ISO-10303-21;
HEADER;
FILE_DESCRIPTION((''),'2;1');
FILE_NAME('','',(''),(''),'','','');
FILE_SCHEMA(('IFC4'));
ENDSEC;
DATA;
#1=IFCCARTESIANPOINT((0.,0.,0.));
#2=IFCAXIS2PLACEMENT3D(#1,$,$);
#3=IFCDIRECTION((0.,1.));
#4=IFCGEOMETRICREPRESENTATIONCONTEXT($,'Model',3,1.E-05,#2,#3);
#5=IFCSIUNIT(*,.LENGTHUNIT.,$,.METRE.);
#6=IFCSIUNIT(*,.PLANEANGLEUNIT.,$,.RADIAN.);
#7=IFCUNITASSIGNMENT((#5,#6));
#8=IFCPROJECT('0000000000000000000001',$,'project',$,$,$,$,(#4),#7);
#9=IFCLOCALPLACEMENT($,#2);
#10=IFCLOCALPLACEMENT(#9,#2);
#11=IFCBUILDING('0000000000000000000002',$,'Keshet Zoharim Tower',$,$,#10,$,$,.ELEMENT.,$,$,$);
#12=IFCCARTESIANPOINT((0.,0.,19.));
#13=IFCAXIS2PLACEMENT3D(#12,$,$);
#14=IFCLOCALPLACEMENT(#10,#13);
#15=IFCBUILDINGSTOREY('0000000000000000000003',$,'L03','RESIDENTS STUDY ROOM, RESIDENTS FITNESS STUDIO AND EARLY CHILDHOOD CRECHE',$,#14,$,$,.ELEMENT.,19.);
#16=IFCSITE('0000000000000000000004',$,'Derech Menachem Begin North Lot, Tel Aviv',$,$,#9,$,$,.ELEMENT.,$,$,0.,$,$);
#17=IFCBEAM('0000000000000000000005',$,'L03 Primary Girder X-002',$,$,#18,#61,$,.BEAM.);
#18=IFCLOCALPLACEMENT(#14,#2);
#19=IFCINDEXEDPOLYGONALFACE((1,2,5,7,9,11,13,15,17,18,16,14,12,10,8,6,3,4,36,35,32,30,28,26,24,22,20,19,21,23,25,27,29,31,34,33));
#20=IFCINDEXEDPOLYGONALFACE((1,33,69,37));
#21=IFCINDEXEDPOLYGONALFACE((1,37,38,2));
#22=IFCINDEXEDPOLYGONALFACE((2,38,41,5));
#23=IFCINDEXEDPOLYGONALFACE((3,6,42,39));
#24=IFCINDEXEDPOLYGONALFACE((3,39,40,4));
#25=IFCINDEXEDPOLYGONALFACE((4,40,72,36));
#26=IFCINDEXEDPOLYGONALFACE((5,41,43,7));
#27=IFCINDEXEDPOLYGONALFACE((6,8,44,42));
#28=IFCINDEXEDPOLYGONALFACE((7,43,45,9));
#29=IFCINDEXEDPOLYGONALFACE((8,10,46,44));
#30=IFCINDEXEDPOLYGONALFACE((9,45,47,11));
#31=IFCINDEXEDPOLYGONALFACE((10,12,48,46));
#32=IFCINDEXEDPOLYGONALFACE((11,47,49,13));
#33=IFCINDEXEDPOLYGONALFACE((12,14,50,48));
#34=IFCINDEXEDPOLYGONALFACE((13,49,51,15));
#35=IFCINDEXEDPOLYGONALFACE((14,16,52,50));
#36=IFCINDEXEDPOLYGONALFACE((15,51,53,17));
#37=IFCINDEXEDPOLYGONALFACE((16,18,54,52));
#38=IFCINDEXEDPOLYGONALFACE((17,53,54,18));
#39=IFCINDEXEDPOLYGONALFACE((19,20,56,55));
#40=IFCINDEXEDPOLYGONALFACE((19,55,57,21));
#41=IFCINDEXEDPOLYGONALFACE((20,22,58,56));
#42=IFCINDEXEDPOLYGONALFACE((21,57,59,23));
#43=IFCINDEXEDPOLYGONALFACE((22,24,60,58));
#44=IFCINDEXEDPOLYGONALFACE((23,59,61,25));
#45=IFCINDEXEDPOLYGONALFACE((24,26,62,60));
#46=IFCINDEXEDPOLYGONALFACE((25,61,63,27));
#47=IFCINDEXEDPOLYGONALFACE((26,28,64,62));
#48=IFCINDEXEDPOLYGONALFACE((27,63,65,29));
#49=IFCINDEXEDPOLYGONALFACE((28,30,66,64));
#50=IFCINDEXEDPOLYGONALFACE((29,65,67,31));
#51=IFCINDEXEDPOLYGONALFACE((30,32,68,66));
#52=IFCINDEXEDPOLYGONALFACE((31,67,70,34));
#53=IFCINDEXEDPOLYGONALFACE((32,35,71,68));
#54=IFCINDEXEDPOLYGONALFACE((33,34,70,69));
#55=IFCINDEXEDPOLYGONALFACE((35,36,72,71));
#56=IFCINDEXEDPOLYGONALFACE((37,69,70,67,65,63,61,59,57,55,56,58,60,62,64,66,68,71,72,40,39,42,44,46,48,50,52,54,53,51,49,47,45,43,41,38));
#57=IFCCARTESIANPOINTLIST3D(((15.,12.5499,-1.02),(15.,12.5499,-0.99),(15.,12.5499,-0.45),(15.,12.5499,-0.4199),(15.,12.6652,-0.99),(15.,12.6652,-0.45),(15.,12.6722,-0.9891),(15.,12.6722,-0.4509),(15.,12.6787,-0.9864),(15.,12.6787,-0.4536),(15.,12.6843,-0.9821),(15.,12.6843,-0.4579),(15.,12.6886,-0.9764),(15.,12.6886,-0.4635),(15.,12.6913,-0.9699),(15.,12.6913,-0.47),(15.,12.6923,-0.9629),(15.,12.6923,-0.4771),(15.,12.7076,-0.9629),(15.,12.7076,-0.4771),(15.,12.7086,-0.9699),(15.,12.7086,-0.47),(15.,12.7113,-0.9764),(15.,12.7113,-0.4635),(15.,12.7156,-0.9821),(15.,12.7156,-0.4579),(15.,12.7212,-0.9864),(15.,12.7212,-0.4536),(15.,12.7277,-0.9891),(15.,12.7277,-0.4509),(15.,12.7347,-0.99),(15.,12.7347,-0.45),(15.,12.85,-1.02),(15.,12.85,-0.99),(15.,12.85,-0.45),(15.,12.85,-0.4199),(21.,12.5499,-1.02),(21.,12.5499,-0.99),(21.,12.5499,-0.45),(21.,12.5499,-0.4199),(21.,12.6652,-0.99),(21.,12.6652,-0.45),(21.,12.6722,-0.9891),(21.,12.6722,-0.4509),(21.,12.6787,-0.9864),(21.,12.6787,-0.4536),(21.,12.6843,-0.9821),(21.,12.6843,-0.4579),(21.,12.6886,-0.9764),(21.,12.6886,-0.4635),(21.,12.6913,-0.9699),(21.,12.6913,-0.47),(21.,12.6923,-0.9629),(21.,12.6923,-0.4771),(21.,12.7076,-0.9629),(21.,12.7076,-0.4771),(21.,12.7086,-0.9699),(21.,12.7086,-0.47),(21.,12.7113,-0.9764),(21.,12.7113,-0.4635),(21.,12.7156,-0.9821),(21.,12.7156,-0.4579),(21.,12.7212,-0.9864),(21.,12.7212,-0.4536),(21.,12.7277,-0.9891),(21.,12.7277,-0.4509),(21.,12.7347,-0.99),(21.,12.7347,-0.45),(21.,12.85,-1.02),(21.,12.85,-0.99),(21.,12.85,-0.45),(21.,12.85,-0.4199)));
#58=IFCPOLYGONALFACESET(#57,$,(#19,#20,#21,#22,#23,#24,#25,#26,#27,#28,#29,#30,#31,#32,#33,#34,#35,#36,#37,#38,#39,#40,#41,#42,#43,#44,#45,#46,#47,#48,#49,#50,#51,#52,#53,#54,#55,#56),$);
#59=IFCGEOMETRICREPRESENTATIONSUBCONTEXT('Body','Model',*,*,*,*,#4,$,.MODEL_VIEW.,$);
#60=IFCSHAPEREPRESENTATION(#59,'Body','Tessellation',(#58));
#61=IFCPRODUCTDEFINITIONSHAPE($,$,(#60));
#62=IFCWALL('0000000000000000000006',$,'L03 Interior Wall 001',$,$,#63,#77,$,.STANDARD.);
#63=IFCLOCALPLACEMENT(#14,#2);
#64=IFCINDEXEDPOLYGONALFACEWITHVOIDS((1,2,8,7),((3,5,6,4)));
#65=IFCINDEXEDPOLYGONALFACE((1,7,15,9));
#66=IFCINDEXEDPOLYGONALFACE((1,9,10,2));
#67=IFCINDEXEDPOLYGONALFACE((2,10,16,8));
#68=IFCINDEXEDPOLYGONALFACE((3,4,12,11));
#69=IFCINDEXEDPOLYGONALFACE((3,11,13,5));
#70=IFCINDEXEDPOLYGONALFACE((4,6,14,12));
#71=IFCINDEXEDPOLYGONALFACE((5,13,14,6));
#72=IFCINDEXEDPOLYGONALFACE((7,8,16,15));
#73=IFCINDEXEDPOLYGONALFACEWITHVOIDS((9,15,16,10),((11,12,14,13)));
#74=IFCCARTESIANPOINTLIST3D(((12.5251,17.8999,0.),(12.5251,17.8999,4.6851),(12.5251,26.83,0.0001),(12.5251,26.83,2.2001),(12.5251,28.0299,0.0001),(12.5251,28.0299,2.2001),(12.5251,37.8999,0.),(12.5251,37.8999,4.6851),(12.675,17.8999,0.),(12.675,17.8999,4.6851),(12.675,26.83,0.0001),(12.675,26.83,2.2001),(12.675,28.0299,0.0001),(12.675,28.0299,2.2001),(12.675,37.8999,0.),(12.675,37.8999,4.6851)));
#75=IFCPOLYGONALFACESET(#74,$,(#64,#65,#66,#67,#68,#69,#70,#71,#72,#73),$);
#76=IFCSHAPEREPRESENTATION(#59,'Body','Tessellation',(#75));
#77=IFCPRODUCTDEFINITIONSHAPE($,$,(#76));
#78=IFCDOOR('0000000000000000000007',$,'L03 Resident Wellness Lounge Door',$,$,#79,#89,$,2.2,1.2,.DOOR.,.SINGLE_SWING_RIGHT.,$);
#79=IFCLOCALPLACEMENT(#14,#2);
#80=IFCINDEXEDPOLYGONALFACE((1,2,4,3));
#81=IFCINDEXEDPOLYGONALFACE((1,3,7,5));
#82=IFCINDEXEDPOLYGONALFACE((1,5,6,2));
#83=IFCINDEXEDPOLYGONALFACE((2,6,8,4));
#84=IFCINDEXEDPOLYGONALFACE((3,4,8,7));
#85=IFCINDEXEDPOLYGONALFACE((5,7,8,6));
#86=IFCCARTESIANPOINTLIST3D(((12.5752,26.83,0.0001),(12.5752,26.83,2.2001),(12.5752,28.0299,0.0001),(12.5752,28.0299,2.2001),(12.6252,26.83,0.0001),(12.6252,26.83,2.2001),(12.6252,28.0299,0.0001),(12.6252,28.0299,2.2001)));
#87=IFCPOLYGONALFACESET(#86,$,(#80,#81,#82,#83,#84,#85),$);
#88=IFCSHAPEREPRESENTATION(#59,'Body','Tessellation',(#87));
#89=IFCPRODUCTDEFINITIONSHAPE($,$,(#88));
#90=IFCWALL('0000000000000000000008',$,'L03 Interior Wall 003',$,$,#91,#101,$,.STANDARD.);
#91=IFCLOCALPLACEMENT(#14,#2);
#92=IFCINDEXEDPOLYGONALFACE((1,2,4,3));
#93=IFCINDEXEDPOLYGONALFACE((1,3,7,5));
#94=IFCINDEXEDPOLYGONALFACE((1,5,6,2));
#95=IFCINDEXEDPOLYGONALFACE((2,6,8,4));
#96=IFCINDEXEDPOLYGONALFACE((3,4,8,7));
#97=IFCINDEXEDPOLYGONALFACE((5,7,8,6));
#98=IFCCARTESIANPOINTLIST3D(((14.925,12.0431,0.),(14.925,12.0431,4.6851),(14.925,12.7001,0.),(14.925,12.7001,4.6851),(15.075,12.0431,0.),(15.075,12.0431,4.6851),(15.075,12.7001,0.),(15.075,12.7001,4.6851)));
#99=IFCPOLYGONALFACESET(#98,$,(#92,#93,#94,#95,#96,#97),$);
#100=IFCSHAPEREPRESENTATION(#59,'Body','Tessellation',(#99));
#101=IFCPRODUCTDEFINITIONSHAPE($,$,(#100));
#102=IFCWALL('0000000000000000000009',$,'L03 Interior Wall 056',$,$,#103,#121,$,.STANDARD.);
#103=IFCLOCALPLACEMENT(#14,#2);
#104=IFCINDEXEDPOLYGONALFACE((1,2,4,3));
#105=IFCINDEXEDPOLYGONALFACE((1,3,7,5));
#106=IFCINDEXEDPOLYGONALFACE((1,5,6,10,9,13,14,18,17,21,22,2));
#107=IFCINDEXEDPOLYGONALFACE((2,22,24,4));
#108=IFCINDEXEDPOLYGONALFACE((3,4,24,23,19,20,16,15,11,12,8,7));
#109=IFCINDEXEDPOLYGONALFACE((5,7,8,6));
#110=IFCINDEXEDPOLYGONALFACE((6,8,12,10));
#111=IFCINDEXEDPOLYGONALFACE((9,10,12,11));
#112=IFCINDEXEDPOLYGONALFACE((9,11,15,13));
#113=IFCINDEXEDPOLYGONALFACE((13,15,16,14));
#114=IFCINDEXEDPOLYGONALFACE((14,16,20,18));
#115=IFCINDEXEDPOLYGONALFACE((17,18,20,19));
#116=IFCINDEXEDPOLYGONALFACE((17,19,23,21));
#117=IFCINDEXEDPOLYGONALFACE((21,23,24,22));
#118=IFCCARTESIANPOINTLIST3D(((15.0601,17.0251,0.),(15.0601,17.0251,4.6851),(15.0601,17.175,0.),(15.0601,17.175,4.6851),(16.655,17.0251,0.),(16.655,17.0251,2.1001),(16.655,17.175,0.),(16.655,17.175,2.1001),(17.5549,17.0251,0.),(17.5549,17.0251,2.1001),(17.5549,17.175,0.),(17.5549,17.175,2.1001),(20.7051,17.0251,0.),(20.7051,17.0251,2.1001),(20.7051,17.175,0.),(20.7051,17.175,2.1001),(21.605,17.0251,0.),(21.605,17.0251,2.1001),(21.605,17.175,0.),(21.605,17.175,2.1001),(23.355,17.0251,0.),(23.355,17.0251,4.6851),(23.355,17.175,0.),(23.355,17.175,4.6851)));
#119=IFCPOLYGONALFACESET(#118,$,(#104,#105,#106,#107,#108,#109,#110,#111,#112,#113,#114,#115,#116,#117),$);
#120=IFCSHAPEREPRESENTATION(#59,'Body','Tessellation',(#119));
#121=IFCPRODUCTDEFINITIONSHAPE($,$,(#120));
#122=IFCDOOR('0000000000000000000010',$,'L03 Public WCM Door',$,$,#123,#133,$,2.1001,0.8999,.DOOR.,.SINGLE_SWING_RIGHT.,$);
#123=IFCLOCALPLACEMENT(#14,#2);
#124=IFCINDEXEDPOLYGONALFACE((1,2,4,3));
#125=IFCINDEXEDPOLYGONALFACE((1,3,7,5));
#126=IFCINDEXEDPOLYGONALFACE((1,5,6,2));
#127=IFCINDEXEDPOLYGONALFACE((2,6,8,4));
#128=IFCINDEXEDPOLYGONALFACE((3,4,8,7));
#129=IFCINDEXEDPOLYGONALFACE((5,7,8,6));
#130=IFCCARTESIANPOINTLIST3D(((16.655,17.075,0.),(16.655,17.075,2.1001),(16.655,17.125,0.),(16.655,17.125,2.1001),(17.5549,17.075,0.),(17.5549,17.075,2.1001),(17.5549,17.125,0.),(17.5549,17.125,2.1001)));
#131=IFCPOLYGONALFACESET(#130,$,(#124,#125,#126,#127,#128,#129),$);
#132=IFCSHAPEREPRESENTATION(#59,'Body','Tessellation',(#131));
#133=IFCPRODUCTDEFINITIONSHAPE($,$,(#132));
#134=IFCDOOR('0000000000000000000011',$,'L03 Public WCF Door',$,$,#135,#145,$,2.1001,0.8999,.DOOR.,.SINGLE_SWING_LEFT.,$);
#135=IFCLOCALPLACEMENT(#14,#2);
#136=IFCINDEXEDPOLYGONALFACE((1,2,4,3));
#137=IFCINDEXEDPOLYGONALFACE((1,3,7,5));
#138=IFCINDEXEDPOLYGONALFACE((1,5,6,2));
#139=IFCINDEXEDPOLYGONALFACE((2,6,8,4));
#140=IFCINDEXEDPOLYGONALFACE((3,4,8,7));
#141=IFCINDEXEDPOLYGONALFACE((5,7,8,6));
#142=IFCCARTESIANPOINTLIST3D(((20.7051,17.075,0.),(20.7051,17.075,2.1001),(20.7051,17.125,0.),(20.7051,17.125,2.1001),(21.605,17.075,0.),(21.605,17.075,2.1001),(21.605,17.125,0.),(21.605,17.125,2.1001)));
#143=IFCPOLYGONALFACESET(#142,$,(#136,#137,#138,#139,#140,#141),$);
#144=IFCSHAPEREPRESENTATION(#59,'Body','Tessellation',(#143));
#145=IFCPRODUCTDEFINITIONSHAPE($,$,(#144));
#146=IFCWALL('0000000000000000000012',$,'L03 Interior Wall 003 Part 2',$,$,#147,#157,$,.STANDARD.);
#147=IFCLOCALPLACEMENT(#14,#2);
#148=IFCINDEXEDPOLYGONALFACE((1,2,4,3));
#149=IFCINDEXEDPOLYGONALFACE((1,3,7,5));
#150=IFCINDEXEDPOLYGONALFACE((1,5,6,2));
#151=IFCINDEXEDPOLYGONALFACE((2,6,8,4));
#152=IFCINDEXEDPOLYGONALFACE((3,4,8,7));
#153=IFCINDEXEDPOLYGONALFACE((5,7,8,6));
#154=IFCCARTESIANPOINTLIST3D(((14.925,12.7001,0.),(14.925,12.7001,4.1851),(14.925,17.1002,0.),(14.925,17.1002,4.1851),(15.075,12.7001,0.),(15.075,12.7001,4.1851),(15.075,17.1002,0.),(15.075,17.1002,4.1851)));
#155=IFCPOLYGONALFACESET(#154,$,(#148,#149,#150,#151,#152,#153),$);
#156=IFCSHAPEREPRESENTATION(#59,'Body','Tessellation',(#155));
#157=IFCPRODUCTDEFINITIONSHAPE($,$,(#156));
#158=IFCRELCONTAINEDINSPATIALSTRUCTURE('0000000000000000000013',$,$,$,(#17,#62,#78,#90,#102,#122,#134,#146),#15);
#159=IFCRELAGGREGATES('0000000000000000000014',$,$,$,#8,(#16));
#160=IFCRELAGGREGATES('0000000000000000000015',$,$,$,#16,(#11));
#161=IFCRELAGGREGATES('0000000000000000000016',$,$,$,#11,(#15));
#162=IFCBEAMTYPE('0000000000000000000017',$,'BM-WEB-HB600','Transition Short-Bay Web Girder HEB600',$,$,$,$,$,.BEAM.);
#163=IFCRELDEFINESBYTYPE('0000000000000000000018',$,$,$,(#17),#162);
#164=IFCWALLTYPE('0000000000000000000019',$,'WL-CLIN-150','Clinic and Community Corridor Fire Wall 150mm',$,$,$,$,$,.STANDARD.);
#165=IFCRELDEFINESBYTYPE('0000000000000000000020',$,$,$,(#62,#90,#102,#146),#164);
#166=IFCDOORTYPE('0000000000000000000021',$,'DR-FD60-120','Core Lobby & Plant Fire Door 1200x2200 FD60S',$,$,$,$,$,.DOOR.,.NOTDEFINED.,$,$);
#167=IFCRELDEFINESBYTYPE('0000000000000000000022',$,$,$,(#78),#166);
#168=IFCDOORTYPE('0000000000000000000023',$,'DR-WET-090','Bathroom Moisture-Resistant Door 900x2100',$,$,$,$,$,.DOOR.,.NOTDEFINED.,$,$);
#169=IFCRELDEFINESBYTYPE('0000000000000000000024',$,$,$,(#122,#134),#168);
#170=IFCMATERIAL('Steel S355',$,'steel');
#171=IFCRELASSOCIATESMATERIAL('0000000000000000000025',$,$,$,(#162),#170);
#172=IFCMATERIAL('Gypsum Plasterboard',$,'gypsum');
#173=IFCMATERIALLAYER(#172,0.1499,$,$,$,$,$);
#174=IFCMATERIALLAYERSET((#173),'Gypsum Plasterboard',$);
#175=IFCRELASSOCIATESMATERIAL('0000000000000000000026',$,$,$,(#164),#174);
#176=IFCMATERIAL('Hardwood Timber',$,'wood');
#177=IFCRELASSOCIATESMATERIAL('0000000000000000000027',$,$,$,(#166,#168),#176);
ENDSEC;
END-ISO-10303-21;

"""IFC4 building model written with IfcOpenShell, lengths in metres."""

from ifc_helpers import new_model, si_unit, direction, frame, frame_2d, origin, origin_2d, place, context, subcontext, project, spatial, rectangle, i_section, extrude, material, layer, layer_set, material_profile, profile_set, type_object, element, fill, save


model = new_model("IFC4")

# Units and contexts
model_context = context("Model", 3, precision=1e-05, world=origin(), true_north=direction((0.0, 1.0)))
body_context = subcontext(model_context, "Body", "Model", "MODEL_VIEW")
ifc_project = project(units=[si_unit("LENGTHUNIT", "METRE"), si_unit("PLANEANGLEUNIT", "RADIAN")], contexts=[model_context])

# Site, building, storey
site_placement = place(None, origin())
site = spatial("IfcSite", under=ifc_project, at=site_placement, Name="Derech Menachem Begin North Lot, Tel Aviv", CompositionType="ELEMENT", RefElevation=0.0)
building_placement = place(site_placement, origin())
building = spatial("IfcBuilding", under=site, at=building_placement, Name="Keshet Zoharim Tower", CompositionType="ELEMENT")
storey_placement = place(building_placement, frame((0.0, 0.0, 19.0)))
storey = spatial("IfcBuildingStorey", under=building, at=storey_placement, Name="L03", Description="RESIDENTS STUDY ROOM, RESIDENTS FITNESS STUDIO AND EARLY CHILDHOOD CRECHE", CompositionType="ELEMENT", Elevation=19.0)

# Shared definitions
ifc_material_1 = material(Name="Steel S355", Category="steel")

# Beam
ifc_material_profile_1 = material_profile(ifc_material_1, i_section(OverallWidth=0.3, OverallDepth=0.6001, WebThickness=0.0154, FlangeThickness=0.03, FilletRadius=0.0271, at=origin_2d()), Name="HEB600")
ifc_profile_set_1 = profile_set([ifc_material_profile_1], Name="Steel S355")
beam_type_1 = type_object("IfcBeamType", Name="BM-WEB-HB600", Description="Transition Short-Bay Web Girder HEB600", PredefinedType="BEAM", material=ifc_profile_set_1)
beam_1_placement = place(storey_placement, frame((15.0, 12.7, -0.72), z_axis=(1.0, 0.0, 0.0), x_axis=(0.0, 1.0, 0.0)))
element("IfcBeam", 1, at=beam_1_placement, inside=storey, type_object=beam_type_1, Name="L03 Primary Girder X-002", PredefinedType="BEAM", context=body_context, shape_type="SweptSolid", body=[
    extrude(i_section(OverallWidth=0.3, OverallDepth=0.6001, WebThickness=0.0154, FlangeThickness=0.03, FilletRadius=0.0271, at=origin_2d()), origin(), (0.0, 0.0, 1.0), 6.0),
])

# Wall, opening, door
ifc_material_2 = material(Name="Gypsum Plasterboard", Category="gypsum")
ifc_layer_1 = layer(ifc_material_2, 0.1499)
ifc_layer_set_1 = layer_set([ifc_layer_1], Name="Gypsum Plasterboard")
wall_type_1 = type_object("IfcWallType", Name="WL-CLIN-150", Description="Clinic and Community Corridor Fire Wall 150mm", PredefinedType="STANDARD", material=ifc_layer_set_1)
wall_1_placement = place(storey_placement, frame((12.6001, 17.8999, 0.0), z_axis=(0.0, 0.0, 1.0), x_axis=(0.0, 1.0, 0.0)))
wall_1 = element("IfcWall", 2, at=wall_1_placement, inside=storey, type_object=wall_type_1, Name="L03 Interior Wall 001", PredefinedType="STANDARD", context=body_context, shape_type="SweptSolid", body=[
    extrude(rectangle(XDim=20.0, YDim=0.1499, at=frame_2d((10.0, 0.0))), origin(), (0.0, 0.0, 1.0), 4.6851),
])
opening_1_placement = place(wall_1_placement, frame((8.9299, 0.0, 0.0)))
opening_1 = element("IfcOpeningElement", 3, at=opening_1_placement, cuts=wall_1, PredefinedType="OPENING", context=body_context, shape_type="SweptSolid", body=[
    extrude(rectangle(XDim=1.2, YDim=2.2, at=frame_2d((0.6001, 1.1001))), frame((0.0, 0.085, 0.0), z_axis=(0.0, -1.0, 0.0), x_axis=(1.0, 0.0, 0.0)), (0.0, 0.0, 1.0), 0.1699),
])
ifc_material_3 = material(Name="Hardwood Timber", Category="wood")
door_type_1 = type_object("IfcDoorType", Name="DR-FD60-120", Description="Core Lobby & Plant Fire Door 1200x2200 FD60S", OperationType="NOTDEFINED", PredefinedType="DOOR", material=ifc_material_3)
door_1_placement = place(opening_1_placement, origin())
door_1 = element("IfcDoor", 4, at=door_1_placement, inside=storey, type_object=door_type_1, Name="L03 Resident Wellness Lounge Door", OperationType="SINGLE_SWING_RIGHT", OverallHeight=2.2, OverallWidth=1.2, PredefinedType="DOOR", context=body_context, shape_type="SweptSolid", body=[
    extrude(rectangle(XDim=1.2, YDim=2.2, at=frame_2d((0.6001, 1.1001))), frame((0.0, 0.0249, 0.0), z_axis=(0.0, -1.0, 0.0), x_axis=(1.0, 0.0, 0.0)), (0.0, 0.0, 1.0), 0.05),
])
fill(opening_1, door_1)

# Wall
wall_2_placement = place(storey_placement, frame((15.0, 12.043, 0.0), z_axis=(0.0, 0.0, 1.0), x_axis=(0.0, 1.0, 0.0)))
element("IfcWall", 5, at=wall_2_placement, inside=storey, type_object=wall_type_1, Name="L03 Interior Wall 003", PredefinedType="STANDARD", context=body_context, shape_type="SweptSolid", body=[
    extrude(rectangle(XDim=0.657, YDim=0.1499, at=frame_2d((0.3286, 0.0))), origin(), (0.0, 0.0, 1.0), 4.6851),
])

# Wall, openings, doors
wall_3_placement = place(storey_placement, frame((15.0601, 17.1001, 0.0), z_axis=(0.0, 0.0, 1.0), x_axis=(1.0, 0.0, 0.0)))
wall_3 = element("IfcWall", 6, at=wall_3_placement, inside=storey, type_object=wall_type_1, Name="L03 Interior Wall 056", PredefinedType="STANDARD", context=body_context, shape_type="SweptSolid", body=[
    extrude(rectangle(XDim=8.2949, YDim=0.1499, at=frame_2d((4.1475, 0.0))), origin(), (0.0, 0.0, 1.0), 4.6851),
])
opening_2_placement = place(wall_3_placement, frame((1.595, 0.0, 0.0)))
opening_2 = element("IfcOpeningElement", 7, at=opening_2_placement, cuts=wall_3, PredefinedType="OPENING", context=body_context, shape_type="SweptSolid", body=[
    extrude(rectangle(XDim=0.8999, YDim=2.1001, at=frame_2d((0.45, 1.05))), frame((0.0, 0.085, 0.0), z_axis=(0.0, -1.0, 0.0), x_axis=(1.0, 0.0, 0.0)), (0.0, 0.0, 1.0), 0.1699),
])
opening_3_placement = place(wall_3_placement, frame((5.645, 0.0, 0.0)))
opening_3 = element("IfcOpeningElement", 8, at=opening_3_placement, cuts=wall_3, PredefinedType="OPENING", context=body_context, shape_type="SweptSolid", body=[
    extrude(rectangle(XDim=0.8999, YDim=2.1001, at=frame_2d((0.45, 1.05))), frame((0.0, 0.085, 0.0), z_axis=(0.0, -1.0, 0.0), x_axis=(1.0, 0.0, 0.0)), (0.0, 0.0, 1.0), 0.1699),
])
door_type_2 = type_object("IfcDoorType", Name="DR-WET-090", Description="Bathroom Moisture-Resistant Door 900x2100", OperationType="NOTDEFINED", PredefinedType="DOOR", material=ifc_material_3)
door_2_placement = place(opening_2_placement, origin())
door_2 = element("IfcDoor", 9, at=door_2_placement, inside=storey, type_object=door_type_2, Name="L03 Public WCM Door", OperationType="SINGLE_SWING_RIGHT", OverallHeight=2.1001, OverallWidth=0.8999, PredefinedType="DOOR", context=body_context, shape_type="SweptSolid", body=[
    extrude(rectangle(XDim=0.8999, YDim=2.1001, at=frame_2d((0.45, 1.05))), frame((0.0, 0.0249, 0.0), z_axis=(0.0, -1.0, 0.0), x_axis=(1.0, 0.0, 0.0)), (0.0, 0.0, 1.0), 0.05),
])
fill(opening_2, door_2)
door_3_placement = place(opening_3_placement, origin())
door_3 = element("IfcDoor", 10, at=door_3_placement, inside=storey, type_object=door_type_2, Name="L03 Public WCF Door", OperationType="SINGLE_SWING_LEFT", OverallHeight=2.1001, OverallWidth=0.8999, PredefinedType="DOOR", context=body_context, shape_type="SweptSolid", body=[
    extrude(rectangle(XDim=0.8999, YDim=2.1001, at=frame_2d((0.45, 1.05))), frame((0.0, 0.0249, 0.0), z_axis=(0.0, -1.0, 0.0), x_axis=(1.0, 0.0, 0.0)), (0.0, 0.0, 1.0), 0.05),
])
fill(opening_3, door_3)

# Wall
wall_4_placement = place(storey_placement, frame((15.0, 12.7, 0.0), z_axis=(0.0, 0.0, 1.0), x_axis=(0.0, 1.0, 0.0)))
element("IfcWall", 11, at=wall_4_placement, inside=storey, type_object=wall_type_1, Name="L03 Interior Wall 003 Part 2", PredefinedType="STANDARD", context=body_context, shape_type="SweptSolid", body=[
    extrude(rectangle(XDim=4.4001, YDim=0.1499, at=frame_2d((2.2002, 0.0))), origin(), (0.0, 0.0, 1.0), 4.1851),
])

save(model, "model.ifc")
